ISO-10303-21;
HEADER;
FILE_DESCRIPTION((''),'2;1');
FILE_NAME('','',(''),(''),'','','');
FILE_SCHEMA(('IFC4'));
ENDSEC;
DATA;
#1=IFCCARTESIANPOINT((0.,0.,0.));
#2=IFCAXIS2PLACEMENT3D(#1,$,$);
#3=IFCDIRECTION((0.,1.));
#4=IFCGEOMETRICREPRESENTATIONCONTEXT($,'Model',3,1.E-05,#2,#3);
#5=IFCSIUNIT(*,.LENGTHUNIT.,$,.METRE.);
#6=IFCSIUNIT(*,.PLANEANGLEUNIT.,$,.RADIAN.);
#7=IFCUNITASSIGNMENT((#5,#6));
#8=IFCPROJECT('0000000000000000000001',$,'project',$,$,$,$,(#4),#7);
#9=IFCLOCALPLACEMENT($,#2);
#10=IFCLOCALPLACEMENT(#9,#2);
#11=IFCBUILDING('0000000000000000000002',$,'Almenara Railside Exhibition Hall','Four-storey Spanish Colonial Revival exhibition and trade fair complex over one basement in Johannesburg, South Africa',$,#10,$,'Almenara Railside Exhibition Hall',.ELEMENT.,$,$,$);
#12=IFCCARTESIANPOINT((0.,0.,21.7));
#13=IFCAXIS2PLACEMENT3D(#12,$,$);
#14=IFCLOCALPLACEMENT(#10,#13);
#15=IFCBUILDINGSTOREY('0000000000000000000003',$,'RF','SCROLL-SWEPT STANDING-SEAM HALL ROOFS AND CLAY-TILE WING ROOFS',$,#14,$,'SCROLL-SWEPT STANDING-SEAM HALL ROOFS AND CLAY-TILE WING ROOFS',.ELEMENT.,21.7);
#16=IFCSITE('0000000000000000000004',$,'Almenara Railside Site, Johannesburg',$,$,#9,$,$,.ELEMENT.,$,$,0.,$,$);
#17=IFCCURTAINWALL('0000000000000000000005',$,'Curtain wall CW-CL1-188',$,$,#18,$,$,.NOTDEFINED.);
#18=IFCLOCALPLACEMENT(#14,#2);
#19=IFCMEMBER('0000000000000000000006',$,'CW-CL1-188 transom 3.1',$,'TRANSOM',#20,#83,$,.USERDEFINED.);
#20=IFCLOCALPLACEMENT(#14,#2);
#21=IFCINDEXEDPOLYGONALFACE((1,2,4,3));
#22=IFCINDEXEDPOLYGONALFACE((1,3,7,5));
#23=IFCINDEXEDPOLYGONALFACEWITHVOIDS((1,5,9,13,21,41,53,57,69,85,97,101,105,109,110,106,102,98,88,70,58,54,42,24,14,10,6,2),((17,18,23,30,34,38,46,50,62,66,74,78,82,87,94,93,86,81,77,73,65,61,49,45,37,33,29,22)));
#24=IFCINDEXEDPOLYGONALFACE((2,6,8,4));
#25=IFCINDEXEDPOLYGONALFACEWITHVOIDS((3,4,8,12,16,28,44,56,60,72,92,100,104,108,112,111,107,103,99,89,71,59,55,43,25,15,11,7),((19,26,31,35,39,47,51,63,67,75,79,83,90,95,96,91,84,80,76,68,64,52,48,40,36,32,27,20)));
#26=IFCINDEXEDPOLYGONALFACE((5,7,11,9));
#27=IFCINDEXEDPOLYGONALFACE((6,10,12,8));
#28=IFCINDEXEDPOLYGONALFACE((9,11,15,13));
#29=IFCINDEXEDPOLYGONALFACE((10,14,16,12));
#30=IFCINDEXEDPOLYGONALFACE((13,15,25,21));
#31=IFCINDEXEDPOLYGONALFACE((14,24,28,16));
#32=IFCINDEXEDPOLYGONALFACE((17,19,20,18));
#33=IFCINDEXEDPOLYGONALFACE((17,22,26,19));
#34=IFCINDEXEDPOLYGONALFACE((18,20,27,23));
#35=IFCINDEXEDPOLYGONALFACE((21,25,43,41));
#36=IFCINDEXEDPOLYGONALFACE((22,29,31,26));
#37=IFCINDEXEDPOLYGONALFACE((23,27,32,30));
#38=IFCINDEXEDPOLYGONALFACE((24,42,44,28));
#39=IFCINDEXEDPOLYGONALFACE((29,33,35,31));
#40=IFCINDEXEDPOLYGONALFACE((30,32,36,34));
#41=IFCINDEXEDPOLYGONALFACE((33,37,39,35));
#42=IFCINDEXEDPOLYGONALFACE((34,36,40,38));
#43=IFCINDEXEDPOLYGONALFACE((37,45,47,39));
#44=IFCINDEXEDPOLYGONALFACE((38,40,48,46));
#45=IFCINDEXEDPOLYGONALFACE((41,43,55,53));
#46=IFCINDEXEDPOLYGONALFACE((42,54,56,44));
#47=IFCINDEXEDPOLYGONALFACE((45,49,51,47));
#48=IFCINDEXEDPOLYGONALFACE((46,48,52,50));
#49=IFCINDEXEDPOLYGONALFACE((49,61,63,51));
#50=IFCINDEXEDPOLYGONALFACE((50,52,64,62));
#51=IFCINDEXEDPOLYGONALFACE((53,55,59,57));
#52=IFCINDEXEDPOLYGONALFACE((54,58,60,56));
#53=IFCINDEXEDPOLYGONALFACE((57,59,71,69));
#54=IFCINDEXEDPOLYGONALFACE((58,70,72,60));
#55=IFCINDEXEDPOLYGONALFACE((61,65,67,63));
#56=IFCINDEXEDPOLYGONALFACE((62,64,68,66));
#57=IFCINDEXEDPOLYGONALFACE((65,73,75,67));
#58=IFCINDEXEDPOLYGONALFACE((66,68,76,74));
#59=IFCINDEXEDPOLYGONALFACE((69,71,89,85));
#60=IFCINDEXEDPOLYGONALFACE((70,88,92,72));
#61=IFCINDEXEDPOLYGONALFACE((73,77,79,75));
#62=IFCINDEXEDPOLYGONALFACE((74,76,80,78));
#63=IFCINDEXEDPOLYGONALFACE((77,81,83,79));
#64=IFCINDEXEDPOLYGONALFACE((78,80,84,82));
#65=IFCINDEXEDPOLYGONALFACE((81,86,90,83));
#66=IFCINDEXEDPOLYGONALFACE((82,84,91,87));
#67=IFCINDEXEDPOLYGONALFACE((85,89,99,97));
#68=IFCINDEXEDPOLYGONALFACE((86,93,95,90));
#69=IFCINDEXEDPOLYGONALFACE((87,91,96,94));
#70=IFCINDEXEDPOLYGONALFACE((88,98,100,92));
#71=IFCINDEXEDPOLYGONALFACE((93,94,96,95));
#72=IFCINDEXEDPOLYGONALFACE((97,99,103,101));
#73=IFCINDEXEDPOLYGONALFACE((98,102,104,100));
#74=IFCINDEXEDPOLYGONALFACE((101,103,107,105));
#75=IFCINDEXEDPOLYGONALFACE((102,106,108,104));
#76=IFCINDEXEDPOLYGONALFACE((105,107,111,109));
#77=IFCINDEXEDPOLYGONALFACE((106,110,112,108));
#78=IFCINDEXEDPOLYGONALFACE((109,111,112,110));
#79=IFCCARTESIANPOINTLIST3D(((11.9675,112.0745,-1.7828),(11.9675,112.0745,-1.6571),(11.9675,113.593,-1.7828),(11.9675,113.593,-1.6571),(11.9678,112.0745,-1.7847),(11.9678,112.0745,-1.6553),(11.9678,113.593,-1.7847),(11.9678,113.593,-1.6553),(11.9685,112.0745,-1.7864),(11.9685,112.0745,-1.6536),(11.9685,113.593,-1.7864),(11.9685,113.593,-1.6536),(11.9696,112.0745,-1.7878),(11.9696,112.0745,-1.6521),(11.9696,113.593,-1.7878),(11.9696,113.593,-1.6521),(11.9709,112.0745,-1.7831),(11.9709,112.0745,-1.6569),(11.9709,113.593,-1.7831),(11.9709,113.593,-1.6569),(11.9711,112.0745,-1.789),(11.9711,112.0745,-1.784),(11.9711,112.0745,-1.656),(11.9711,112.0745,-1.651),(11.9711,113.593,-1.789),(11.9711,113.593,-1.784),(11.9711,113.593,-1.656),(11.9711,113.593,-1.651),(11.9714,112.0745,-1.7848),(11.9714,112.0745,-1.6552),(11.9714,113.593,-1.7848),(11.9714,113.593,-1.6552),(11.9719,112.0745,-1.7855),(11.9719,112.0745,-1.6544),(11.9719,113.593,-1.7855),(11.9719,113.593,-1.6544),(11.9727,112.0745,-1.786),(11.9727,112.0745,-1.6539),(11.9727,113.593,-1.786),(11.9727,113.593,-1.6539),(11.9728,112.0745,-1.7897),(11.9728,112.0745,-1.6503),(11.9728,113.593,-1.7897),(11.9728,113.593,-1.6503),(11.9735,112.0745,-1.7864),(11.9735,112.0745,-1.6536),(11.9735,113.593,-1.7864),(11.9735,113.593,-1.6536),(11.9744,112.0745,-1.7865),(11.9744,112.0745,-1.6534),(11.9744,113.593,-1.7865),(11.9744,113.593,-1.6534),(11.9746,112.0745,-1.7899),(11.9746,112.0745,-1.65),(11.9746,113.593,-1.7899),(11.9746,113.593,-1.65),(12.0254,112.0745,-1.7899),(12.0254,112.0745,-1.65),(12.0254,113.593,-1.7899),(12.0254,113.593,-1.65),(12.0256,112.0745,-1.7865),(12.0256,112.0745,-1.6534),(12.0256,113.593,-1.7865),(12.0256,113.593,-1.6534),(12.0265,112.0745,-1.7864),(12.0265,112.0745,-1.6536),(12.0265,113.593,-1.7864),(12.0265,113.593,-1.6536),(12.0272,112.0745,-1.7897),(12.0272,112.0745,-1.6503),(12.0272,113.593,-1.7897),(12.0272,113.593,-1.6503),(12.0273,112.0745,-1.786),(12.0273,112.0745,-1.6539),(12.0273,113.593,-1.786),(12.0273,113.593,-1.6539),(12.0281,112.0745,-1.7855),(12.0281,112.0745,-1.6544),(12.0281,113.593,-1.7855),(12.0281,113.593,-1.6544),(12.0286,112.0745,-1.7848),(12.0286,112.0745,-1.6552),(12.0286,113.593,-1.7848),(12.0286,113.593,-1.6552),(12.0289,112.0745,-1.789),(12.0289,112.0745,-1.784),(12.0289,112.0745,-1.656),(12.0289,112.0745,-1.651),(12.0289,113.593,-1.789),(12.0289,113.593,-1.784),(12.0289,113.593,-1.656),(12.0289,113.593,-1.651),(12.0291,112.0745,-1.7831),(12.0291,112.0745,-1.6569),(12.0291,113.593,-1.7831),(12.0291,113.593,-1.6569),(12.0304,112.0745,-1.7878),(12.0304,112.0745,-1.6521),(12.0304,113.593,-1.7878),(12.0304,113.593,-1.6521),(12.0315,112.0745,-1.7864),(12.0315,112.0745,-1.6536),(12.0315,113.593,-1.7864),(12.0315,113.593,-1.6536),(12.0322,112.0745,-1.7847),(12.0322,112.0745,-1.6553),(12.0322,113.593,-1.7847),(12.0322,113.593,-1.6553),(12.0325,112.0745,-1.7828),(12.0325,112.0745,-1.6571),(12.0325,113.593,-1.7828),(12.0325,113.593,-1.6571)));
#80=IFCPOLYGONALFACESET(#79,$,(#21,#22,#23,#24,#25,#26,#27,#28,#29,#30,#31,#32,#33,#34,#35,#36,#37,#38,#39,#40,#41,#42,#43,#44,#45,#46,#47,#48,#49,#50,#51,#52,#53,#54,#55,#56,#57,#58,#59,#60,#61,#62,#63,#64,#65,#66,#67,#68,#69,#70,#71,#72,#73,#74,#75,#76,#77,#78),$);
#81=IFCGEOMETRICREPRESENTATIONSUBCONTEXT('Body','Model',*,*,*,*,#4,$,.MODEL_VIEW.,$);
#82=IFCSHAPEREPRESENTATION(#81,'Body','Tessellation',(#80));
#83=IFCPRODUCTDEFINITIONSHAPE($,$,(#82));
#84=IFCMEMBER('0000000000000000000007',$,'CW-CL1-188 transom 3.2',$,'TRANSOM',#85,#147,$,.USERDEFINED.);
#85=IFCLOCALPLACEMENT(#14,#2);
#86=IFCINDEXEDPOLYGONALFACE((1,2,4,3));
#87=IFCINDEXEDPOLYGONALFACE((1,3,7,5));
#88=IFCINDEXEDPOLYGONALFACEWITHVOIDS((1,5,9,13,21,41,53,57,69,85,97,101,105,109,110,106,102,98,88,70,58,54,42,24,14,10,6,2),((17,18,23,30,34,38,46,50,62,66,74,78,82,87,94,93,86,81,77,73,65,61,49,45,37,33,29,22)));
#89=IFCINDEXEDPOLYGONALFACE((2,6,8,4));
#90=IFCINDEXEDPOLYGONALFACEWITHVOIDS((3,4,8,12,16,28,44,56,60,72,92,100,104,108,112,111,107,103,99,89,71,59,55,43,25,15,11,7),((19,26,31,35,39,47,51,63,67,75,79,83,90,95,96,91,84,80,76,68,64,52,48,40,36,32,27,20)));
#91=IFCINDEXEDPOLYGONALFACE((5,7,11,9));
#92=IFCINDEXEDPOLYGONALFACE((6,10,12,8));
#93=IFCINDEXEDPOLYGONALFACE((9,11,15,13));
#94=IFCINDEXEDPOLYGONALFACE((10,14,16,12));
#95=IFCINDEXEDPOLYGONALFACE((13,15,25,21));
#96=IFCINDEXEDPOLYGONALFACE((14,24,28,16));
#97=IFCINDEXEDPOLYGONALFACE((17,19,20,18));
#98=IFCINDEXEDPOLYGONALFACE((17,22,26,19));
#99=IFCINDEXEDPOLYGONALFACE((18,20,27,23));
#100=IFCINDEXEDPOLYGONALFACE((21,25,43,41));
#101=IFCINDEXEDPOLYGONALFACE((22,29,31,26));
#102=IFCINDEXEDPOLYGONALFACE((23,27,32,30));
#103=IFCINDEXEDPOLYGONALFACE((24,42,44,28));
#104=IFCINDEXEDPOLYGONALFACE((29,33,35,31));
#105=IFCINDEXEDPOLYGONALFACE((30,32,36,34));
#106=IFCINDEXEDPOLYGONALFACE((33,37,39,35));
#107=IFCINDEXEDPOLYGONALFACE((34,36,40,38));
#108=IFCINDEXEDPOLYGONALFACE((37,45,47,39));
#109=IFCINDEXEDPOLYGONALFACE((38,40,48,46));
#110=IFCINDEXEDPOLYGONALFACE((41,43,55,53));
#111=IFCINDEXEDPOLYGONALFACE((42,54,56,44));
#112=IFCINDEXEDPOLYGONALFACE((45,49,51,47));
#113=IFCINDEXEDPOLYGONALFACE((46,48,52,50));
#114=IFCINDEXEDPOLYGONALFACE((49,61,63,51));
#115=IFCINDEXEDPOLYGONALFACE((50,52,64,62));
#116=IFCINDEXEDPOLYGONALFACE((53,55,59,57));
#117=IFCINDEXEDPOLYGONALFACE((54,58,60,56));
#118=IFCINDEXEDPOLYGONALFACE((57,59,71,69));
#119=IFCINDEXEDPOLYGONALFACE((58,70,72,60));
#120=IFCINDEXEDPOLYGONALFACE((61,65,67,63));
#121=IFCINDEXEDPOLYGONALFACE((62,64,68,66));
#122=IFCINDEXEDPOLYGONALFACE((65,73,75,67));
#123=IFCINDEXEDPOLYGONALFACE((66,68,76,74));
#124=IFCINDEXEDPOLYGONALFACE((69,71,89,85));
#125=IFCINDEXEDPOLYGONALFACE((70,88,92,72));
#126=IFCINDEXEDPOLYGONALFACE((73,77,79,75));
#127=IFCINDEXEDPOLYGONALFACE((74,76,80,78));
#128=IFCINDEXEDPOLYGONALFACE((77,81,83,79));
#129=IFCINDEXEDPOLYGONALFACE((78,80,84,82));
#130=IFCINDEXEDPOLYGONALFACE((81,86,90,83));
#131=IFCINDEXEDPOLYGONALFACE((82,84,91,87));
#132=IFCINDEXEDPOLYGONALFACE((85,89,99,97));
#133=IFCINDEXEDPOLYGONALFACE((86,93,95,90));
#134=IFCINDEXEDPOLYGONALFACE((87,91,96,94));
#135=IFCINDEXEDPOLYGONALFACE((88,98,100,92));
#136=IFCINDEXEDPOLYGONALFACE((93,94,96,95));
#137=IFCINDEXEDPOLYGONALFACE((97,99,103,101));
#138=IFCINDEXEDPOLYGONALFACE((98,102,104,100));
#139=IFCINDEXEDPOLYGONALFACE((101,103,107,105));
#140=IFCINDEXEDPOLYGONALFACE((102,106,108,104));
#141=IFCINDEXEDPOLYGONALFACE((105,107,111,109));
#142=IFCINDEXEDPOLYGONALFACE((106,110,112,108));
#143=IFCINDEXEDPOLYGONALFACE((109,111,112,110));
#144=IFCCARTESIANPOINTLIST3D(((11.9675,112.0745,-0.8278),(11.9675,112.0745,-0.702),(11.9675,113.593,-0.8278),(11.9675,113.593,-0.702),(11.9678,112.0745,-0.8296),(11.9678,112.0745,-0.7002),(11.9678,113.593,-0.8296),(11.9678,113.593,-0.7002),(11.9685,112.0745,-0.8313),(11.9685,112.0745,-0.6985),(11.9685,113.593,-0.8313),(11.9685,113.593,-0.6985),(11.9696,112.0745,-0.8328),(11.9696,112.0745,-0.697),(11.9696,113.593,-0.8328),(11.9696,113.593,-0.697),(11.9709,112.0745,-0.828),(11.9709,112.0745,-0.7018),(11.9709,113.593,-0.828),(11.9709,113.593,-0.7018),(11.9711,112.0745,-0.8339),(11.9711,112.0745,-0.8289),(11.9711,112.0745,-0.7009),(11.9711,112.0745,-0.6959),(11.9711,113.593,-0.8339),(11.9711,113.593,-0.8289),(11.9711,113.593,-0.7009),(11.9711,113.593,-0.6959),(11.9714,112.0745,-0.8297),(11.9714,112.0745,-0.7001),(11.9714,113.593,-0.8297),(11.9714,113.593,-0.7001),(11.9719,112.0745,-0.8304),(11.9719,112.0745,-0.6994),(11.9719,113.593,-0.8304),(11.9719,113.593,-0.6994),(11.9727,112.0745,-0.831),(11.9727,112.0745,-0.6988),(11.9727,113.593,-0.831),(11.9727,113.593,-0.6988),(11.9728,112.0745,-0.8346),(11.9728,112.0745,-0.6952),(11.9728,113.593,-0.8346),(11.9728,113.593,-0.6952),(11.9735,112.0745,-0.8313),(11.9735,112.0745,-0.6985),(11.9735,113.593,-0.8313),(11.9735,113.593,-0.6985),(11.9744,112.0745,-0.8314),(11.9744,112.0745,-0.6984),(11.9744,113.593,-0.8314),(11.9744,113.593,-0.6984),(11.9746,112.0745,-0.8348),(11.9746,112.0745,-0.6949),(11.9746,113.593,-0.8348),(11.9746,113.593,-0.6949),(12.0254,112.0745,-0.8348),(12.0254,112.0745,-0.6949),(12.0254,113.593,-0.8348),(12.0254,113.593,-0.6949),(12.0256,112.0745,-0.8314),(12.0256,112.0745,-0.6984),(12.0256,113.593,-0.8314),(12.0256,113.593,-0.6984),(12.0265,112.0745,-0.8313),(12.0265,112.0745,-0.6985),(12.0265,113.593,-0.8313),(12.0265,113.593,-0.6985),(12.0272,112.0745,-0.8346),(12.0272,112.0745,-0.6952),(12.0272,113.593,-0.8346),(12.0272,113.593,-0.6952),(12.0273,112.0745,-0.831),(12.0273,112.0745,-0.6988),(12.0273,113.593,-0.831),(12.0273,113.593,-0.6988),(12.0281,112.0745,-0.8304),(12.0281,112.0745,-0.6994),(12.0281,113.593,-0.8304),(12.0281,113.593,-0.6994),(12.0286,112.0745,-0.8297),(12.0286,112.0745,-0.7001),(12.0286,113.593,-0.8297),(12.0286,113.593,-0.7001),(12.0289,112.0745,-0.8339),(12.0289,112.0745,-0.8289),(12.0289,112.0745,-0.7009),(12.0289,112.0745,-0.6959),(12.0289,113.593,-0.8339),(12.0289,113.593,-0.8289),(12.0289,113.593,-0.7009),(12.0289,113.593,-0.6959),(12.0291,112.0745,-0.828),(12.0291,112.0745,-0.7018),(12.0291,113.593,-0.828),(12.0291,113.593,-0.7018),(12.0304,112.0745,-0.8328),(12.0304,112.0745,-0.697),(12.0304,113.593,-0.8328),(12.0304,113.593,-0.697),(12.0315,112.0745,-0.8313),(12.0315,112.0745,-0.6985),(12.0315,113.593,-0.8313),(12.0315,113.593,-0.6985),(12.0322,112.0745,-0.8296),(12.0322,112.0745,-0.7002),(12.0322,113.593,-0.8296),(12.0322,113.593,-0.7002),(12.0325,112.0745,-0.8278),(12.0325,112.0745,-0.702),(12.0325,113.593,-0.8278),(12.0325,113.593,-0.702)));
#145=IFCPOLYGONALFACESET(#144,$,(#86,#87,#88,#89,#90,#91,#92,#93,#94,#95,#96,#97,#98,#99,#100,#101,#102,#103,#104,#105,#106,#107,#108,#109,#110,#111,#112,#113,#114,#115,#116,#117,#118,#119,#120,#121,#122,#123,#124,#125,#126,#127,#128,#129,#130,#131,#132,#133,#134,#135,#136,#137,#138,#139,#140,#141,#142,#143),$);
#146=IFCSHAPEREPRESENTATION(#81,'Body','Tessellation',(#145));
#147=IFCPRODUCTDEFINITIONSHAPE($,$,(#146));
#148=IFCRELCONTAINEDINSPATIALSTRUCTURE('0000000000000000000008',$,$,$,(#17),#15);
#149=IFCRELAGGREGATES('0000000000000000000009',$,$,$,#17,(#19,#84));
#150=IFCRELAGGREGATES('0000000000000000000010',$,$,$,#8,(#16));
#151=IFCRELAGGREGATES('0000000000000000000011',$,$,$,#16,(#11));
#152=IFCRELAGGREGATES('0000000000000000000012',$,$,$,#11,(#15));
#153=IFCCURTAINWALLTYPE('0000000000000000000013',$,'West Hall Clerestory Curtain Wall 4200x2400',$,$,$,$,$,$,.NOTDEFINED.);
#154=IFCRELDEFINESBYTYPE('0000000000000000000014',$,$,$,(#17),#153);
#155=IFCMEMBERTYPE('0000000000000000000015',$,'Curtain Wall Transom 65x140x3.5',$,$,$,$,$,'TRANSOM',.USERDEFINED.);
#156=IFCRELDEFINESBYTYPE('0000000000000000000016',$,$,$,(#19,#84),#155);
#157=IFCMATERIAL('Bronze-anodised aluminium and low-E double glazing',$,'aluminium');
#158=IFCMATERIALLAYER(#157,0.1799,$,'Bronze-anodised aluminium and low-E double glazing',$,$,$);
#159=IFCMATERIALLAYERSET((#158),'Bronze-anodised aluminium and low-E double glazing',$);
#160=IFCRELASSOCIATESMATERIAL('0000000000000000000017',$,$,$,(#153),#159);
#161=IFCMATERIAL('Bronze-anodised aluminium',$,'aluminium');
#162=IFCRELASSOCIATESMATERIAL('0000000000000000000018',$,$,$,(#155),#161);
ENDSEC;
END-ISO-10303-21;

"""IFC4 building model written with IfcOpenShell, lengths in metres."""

from ifc_helpers import new_model, si_unit, direction, frame, origin, origin_2d, place, context, subcontext, project, spatial, hollow_rectangle, extrude, material, layer, layer_set, material_profile, profile_set, type_object, element, aggregate, save


model = new_model("IFC4")

# Units and contexts
model_context = context("Model", 3, precision=1e-05, world=origin(), true_north=direction((0.0, 1.0)))
body_context = subcontext(model_context, "Body", "Model", "MODEL_VIEW")
ifc_project = project(units=[si_unit("LENGTHUNIT", "METRE"), si_unit("PLANEANGLEUNIT", "RADIAN")], contexts=[model_context])

# Site, building, storey
site_placement = place(None, origin())
site = spatial("IfcSite", under=ifc_project, at=site_placement, Name="Almenara Railside Site, Johannesburg", CompositionType="ELEMENT", RefElevation=0.0)
building_placement = place(site_placement, origin())
building = spatial("IfcBuilding", under=site, at=building_placement, Name="Almenara Railside Exhibition Hall", Description="Four-storey Spanish Colonial Revival exhibition and trade fair complex over one basement in Johannesburg, South Africa", LongName="Almenara Railside Exhibition Hall", CompositionType="ELEMENT")
storey_placement = place(building_placement, frame((0.0, 0.0, 21.7)))
storey = spatial("IfcBuildingStorey", under=building, at=storey_placement, Name="RF", Description="SCROLL-SWEPT STANDING-SEAM HALL ROOFS AND CLAY-TILE WING ROOFS", LongName="SCROLL-SWEPT STANDING-SEAM HALL ROOFS AND CLAY-TILE WING ROOFS", CompositionType="ELEMENT", Elevation=21.7)

# Curtain wall
ifc_material_1 = material(Name="Bronze-anodised aluminium and low-E double glazing", Category="aluminium")
ifc_layer_1 = layer(ifc_material_1, 0.1799, Name="Bronze-anodised aluminium and low-E double glazing")
ifc_layer_set_1 = layer_set([ifc_layer_1], Name="Bronze-anodised aluminium and low-E double glazing")
curtain_wall_type = type_object("IfcCurtainWallType", Name="West Hall Clerestory Curtain Wall 4200x2400", PredefinedType="NOTDEFINED", material=ifc_layer_set_1)
ifc_material_2 = material(Name="Bronze-anodised aluminium", Category="aluminium")
curtain_wall_1_placement = place(storey_placement, origin())
curtain_wall_1 = element("IfcCurtainWall", 1, at=curtain_wall_1_placement, inside=storey, type_object=curtain_wall_type, Name="Curtain wall CW-CL1-188", PredefinedType="NOTDEFINED")

# Members
ifc_material_profile_1 = material_profile(ifc_material_2, hollow_rectangle(XDim=0.0649, YDim=0.1399, WallThickness=0.0034, InnerFilletRadius=0.0034, OuterFilletRadius=0.0071, at=origin_2d()), Name="ALU-TRN 65x140x3.5")
ifc_profile_set_1 = profile_set([ifc_material_profile_1], Name="Bronze-anodised aluminium")
member_type_1 = type_object("IfcMemberType", Name="Curtain Wall Transom 65x140x3.5", ElementType="TRANSOM", PredefinedType="USERDEFINED", material=ifc_profile_set_1)
member_1_placement = place(storey_placement, frame((12.0, 112.0745, -1.72), z_axis=(0.0, 1.0, 0.0), x_axis=(-1.0, 0.0, 0.0)))
member_1 = element("IfcMember", 2, at=member_1_placement, type_object=member_type_1, Name="CW-CL1-188 transom 3.1", ObjectType="TRANSOM", PredefinedType="USERDEFINED", context=body_context, shape_type="SweptSolid", body=[
    extrude(hollow_rectangle(XDim=0.0649, YDim=0.1399, WallThickness=0.0034, InnerFilletRadius=0.0034, OuterFilletRadius=0.0071, at=origin_2d()), origin(), (0.0, 0.0, 1.0), 1.5186),
])
member_2_placement = place(storey_placement, frame((12.0, 112.0745, -0.7649), z_axis=(0.0, 1.0, 0.0), x_axis=(-1.0, 0.0, 0.0)))
member_2 = element("IfcMember", 3, at=member_2_placement, type_object=member_type_1, Name="CW-CL1-188 transom 3.2", ObjectType="TRANSOM", PredefinedType="USERDEFINED", context=body_context, shape_type="SweptSolid", body=[
    extrude(hollow_rectangle(XDim=0.0649, YDim=0.1399, WallThickness=0.0034, InnerFilletRadius=0.0034, OuterFilletRadius=0.0071, at=origin_2d()), origin(), (0.0, 0.0, 1.0), 1.5186),
])

aggregate(curtain_wall_1, [member_1, member_2])

save(model, "model.ifc")
